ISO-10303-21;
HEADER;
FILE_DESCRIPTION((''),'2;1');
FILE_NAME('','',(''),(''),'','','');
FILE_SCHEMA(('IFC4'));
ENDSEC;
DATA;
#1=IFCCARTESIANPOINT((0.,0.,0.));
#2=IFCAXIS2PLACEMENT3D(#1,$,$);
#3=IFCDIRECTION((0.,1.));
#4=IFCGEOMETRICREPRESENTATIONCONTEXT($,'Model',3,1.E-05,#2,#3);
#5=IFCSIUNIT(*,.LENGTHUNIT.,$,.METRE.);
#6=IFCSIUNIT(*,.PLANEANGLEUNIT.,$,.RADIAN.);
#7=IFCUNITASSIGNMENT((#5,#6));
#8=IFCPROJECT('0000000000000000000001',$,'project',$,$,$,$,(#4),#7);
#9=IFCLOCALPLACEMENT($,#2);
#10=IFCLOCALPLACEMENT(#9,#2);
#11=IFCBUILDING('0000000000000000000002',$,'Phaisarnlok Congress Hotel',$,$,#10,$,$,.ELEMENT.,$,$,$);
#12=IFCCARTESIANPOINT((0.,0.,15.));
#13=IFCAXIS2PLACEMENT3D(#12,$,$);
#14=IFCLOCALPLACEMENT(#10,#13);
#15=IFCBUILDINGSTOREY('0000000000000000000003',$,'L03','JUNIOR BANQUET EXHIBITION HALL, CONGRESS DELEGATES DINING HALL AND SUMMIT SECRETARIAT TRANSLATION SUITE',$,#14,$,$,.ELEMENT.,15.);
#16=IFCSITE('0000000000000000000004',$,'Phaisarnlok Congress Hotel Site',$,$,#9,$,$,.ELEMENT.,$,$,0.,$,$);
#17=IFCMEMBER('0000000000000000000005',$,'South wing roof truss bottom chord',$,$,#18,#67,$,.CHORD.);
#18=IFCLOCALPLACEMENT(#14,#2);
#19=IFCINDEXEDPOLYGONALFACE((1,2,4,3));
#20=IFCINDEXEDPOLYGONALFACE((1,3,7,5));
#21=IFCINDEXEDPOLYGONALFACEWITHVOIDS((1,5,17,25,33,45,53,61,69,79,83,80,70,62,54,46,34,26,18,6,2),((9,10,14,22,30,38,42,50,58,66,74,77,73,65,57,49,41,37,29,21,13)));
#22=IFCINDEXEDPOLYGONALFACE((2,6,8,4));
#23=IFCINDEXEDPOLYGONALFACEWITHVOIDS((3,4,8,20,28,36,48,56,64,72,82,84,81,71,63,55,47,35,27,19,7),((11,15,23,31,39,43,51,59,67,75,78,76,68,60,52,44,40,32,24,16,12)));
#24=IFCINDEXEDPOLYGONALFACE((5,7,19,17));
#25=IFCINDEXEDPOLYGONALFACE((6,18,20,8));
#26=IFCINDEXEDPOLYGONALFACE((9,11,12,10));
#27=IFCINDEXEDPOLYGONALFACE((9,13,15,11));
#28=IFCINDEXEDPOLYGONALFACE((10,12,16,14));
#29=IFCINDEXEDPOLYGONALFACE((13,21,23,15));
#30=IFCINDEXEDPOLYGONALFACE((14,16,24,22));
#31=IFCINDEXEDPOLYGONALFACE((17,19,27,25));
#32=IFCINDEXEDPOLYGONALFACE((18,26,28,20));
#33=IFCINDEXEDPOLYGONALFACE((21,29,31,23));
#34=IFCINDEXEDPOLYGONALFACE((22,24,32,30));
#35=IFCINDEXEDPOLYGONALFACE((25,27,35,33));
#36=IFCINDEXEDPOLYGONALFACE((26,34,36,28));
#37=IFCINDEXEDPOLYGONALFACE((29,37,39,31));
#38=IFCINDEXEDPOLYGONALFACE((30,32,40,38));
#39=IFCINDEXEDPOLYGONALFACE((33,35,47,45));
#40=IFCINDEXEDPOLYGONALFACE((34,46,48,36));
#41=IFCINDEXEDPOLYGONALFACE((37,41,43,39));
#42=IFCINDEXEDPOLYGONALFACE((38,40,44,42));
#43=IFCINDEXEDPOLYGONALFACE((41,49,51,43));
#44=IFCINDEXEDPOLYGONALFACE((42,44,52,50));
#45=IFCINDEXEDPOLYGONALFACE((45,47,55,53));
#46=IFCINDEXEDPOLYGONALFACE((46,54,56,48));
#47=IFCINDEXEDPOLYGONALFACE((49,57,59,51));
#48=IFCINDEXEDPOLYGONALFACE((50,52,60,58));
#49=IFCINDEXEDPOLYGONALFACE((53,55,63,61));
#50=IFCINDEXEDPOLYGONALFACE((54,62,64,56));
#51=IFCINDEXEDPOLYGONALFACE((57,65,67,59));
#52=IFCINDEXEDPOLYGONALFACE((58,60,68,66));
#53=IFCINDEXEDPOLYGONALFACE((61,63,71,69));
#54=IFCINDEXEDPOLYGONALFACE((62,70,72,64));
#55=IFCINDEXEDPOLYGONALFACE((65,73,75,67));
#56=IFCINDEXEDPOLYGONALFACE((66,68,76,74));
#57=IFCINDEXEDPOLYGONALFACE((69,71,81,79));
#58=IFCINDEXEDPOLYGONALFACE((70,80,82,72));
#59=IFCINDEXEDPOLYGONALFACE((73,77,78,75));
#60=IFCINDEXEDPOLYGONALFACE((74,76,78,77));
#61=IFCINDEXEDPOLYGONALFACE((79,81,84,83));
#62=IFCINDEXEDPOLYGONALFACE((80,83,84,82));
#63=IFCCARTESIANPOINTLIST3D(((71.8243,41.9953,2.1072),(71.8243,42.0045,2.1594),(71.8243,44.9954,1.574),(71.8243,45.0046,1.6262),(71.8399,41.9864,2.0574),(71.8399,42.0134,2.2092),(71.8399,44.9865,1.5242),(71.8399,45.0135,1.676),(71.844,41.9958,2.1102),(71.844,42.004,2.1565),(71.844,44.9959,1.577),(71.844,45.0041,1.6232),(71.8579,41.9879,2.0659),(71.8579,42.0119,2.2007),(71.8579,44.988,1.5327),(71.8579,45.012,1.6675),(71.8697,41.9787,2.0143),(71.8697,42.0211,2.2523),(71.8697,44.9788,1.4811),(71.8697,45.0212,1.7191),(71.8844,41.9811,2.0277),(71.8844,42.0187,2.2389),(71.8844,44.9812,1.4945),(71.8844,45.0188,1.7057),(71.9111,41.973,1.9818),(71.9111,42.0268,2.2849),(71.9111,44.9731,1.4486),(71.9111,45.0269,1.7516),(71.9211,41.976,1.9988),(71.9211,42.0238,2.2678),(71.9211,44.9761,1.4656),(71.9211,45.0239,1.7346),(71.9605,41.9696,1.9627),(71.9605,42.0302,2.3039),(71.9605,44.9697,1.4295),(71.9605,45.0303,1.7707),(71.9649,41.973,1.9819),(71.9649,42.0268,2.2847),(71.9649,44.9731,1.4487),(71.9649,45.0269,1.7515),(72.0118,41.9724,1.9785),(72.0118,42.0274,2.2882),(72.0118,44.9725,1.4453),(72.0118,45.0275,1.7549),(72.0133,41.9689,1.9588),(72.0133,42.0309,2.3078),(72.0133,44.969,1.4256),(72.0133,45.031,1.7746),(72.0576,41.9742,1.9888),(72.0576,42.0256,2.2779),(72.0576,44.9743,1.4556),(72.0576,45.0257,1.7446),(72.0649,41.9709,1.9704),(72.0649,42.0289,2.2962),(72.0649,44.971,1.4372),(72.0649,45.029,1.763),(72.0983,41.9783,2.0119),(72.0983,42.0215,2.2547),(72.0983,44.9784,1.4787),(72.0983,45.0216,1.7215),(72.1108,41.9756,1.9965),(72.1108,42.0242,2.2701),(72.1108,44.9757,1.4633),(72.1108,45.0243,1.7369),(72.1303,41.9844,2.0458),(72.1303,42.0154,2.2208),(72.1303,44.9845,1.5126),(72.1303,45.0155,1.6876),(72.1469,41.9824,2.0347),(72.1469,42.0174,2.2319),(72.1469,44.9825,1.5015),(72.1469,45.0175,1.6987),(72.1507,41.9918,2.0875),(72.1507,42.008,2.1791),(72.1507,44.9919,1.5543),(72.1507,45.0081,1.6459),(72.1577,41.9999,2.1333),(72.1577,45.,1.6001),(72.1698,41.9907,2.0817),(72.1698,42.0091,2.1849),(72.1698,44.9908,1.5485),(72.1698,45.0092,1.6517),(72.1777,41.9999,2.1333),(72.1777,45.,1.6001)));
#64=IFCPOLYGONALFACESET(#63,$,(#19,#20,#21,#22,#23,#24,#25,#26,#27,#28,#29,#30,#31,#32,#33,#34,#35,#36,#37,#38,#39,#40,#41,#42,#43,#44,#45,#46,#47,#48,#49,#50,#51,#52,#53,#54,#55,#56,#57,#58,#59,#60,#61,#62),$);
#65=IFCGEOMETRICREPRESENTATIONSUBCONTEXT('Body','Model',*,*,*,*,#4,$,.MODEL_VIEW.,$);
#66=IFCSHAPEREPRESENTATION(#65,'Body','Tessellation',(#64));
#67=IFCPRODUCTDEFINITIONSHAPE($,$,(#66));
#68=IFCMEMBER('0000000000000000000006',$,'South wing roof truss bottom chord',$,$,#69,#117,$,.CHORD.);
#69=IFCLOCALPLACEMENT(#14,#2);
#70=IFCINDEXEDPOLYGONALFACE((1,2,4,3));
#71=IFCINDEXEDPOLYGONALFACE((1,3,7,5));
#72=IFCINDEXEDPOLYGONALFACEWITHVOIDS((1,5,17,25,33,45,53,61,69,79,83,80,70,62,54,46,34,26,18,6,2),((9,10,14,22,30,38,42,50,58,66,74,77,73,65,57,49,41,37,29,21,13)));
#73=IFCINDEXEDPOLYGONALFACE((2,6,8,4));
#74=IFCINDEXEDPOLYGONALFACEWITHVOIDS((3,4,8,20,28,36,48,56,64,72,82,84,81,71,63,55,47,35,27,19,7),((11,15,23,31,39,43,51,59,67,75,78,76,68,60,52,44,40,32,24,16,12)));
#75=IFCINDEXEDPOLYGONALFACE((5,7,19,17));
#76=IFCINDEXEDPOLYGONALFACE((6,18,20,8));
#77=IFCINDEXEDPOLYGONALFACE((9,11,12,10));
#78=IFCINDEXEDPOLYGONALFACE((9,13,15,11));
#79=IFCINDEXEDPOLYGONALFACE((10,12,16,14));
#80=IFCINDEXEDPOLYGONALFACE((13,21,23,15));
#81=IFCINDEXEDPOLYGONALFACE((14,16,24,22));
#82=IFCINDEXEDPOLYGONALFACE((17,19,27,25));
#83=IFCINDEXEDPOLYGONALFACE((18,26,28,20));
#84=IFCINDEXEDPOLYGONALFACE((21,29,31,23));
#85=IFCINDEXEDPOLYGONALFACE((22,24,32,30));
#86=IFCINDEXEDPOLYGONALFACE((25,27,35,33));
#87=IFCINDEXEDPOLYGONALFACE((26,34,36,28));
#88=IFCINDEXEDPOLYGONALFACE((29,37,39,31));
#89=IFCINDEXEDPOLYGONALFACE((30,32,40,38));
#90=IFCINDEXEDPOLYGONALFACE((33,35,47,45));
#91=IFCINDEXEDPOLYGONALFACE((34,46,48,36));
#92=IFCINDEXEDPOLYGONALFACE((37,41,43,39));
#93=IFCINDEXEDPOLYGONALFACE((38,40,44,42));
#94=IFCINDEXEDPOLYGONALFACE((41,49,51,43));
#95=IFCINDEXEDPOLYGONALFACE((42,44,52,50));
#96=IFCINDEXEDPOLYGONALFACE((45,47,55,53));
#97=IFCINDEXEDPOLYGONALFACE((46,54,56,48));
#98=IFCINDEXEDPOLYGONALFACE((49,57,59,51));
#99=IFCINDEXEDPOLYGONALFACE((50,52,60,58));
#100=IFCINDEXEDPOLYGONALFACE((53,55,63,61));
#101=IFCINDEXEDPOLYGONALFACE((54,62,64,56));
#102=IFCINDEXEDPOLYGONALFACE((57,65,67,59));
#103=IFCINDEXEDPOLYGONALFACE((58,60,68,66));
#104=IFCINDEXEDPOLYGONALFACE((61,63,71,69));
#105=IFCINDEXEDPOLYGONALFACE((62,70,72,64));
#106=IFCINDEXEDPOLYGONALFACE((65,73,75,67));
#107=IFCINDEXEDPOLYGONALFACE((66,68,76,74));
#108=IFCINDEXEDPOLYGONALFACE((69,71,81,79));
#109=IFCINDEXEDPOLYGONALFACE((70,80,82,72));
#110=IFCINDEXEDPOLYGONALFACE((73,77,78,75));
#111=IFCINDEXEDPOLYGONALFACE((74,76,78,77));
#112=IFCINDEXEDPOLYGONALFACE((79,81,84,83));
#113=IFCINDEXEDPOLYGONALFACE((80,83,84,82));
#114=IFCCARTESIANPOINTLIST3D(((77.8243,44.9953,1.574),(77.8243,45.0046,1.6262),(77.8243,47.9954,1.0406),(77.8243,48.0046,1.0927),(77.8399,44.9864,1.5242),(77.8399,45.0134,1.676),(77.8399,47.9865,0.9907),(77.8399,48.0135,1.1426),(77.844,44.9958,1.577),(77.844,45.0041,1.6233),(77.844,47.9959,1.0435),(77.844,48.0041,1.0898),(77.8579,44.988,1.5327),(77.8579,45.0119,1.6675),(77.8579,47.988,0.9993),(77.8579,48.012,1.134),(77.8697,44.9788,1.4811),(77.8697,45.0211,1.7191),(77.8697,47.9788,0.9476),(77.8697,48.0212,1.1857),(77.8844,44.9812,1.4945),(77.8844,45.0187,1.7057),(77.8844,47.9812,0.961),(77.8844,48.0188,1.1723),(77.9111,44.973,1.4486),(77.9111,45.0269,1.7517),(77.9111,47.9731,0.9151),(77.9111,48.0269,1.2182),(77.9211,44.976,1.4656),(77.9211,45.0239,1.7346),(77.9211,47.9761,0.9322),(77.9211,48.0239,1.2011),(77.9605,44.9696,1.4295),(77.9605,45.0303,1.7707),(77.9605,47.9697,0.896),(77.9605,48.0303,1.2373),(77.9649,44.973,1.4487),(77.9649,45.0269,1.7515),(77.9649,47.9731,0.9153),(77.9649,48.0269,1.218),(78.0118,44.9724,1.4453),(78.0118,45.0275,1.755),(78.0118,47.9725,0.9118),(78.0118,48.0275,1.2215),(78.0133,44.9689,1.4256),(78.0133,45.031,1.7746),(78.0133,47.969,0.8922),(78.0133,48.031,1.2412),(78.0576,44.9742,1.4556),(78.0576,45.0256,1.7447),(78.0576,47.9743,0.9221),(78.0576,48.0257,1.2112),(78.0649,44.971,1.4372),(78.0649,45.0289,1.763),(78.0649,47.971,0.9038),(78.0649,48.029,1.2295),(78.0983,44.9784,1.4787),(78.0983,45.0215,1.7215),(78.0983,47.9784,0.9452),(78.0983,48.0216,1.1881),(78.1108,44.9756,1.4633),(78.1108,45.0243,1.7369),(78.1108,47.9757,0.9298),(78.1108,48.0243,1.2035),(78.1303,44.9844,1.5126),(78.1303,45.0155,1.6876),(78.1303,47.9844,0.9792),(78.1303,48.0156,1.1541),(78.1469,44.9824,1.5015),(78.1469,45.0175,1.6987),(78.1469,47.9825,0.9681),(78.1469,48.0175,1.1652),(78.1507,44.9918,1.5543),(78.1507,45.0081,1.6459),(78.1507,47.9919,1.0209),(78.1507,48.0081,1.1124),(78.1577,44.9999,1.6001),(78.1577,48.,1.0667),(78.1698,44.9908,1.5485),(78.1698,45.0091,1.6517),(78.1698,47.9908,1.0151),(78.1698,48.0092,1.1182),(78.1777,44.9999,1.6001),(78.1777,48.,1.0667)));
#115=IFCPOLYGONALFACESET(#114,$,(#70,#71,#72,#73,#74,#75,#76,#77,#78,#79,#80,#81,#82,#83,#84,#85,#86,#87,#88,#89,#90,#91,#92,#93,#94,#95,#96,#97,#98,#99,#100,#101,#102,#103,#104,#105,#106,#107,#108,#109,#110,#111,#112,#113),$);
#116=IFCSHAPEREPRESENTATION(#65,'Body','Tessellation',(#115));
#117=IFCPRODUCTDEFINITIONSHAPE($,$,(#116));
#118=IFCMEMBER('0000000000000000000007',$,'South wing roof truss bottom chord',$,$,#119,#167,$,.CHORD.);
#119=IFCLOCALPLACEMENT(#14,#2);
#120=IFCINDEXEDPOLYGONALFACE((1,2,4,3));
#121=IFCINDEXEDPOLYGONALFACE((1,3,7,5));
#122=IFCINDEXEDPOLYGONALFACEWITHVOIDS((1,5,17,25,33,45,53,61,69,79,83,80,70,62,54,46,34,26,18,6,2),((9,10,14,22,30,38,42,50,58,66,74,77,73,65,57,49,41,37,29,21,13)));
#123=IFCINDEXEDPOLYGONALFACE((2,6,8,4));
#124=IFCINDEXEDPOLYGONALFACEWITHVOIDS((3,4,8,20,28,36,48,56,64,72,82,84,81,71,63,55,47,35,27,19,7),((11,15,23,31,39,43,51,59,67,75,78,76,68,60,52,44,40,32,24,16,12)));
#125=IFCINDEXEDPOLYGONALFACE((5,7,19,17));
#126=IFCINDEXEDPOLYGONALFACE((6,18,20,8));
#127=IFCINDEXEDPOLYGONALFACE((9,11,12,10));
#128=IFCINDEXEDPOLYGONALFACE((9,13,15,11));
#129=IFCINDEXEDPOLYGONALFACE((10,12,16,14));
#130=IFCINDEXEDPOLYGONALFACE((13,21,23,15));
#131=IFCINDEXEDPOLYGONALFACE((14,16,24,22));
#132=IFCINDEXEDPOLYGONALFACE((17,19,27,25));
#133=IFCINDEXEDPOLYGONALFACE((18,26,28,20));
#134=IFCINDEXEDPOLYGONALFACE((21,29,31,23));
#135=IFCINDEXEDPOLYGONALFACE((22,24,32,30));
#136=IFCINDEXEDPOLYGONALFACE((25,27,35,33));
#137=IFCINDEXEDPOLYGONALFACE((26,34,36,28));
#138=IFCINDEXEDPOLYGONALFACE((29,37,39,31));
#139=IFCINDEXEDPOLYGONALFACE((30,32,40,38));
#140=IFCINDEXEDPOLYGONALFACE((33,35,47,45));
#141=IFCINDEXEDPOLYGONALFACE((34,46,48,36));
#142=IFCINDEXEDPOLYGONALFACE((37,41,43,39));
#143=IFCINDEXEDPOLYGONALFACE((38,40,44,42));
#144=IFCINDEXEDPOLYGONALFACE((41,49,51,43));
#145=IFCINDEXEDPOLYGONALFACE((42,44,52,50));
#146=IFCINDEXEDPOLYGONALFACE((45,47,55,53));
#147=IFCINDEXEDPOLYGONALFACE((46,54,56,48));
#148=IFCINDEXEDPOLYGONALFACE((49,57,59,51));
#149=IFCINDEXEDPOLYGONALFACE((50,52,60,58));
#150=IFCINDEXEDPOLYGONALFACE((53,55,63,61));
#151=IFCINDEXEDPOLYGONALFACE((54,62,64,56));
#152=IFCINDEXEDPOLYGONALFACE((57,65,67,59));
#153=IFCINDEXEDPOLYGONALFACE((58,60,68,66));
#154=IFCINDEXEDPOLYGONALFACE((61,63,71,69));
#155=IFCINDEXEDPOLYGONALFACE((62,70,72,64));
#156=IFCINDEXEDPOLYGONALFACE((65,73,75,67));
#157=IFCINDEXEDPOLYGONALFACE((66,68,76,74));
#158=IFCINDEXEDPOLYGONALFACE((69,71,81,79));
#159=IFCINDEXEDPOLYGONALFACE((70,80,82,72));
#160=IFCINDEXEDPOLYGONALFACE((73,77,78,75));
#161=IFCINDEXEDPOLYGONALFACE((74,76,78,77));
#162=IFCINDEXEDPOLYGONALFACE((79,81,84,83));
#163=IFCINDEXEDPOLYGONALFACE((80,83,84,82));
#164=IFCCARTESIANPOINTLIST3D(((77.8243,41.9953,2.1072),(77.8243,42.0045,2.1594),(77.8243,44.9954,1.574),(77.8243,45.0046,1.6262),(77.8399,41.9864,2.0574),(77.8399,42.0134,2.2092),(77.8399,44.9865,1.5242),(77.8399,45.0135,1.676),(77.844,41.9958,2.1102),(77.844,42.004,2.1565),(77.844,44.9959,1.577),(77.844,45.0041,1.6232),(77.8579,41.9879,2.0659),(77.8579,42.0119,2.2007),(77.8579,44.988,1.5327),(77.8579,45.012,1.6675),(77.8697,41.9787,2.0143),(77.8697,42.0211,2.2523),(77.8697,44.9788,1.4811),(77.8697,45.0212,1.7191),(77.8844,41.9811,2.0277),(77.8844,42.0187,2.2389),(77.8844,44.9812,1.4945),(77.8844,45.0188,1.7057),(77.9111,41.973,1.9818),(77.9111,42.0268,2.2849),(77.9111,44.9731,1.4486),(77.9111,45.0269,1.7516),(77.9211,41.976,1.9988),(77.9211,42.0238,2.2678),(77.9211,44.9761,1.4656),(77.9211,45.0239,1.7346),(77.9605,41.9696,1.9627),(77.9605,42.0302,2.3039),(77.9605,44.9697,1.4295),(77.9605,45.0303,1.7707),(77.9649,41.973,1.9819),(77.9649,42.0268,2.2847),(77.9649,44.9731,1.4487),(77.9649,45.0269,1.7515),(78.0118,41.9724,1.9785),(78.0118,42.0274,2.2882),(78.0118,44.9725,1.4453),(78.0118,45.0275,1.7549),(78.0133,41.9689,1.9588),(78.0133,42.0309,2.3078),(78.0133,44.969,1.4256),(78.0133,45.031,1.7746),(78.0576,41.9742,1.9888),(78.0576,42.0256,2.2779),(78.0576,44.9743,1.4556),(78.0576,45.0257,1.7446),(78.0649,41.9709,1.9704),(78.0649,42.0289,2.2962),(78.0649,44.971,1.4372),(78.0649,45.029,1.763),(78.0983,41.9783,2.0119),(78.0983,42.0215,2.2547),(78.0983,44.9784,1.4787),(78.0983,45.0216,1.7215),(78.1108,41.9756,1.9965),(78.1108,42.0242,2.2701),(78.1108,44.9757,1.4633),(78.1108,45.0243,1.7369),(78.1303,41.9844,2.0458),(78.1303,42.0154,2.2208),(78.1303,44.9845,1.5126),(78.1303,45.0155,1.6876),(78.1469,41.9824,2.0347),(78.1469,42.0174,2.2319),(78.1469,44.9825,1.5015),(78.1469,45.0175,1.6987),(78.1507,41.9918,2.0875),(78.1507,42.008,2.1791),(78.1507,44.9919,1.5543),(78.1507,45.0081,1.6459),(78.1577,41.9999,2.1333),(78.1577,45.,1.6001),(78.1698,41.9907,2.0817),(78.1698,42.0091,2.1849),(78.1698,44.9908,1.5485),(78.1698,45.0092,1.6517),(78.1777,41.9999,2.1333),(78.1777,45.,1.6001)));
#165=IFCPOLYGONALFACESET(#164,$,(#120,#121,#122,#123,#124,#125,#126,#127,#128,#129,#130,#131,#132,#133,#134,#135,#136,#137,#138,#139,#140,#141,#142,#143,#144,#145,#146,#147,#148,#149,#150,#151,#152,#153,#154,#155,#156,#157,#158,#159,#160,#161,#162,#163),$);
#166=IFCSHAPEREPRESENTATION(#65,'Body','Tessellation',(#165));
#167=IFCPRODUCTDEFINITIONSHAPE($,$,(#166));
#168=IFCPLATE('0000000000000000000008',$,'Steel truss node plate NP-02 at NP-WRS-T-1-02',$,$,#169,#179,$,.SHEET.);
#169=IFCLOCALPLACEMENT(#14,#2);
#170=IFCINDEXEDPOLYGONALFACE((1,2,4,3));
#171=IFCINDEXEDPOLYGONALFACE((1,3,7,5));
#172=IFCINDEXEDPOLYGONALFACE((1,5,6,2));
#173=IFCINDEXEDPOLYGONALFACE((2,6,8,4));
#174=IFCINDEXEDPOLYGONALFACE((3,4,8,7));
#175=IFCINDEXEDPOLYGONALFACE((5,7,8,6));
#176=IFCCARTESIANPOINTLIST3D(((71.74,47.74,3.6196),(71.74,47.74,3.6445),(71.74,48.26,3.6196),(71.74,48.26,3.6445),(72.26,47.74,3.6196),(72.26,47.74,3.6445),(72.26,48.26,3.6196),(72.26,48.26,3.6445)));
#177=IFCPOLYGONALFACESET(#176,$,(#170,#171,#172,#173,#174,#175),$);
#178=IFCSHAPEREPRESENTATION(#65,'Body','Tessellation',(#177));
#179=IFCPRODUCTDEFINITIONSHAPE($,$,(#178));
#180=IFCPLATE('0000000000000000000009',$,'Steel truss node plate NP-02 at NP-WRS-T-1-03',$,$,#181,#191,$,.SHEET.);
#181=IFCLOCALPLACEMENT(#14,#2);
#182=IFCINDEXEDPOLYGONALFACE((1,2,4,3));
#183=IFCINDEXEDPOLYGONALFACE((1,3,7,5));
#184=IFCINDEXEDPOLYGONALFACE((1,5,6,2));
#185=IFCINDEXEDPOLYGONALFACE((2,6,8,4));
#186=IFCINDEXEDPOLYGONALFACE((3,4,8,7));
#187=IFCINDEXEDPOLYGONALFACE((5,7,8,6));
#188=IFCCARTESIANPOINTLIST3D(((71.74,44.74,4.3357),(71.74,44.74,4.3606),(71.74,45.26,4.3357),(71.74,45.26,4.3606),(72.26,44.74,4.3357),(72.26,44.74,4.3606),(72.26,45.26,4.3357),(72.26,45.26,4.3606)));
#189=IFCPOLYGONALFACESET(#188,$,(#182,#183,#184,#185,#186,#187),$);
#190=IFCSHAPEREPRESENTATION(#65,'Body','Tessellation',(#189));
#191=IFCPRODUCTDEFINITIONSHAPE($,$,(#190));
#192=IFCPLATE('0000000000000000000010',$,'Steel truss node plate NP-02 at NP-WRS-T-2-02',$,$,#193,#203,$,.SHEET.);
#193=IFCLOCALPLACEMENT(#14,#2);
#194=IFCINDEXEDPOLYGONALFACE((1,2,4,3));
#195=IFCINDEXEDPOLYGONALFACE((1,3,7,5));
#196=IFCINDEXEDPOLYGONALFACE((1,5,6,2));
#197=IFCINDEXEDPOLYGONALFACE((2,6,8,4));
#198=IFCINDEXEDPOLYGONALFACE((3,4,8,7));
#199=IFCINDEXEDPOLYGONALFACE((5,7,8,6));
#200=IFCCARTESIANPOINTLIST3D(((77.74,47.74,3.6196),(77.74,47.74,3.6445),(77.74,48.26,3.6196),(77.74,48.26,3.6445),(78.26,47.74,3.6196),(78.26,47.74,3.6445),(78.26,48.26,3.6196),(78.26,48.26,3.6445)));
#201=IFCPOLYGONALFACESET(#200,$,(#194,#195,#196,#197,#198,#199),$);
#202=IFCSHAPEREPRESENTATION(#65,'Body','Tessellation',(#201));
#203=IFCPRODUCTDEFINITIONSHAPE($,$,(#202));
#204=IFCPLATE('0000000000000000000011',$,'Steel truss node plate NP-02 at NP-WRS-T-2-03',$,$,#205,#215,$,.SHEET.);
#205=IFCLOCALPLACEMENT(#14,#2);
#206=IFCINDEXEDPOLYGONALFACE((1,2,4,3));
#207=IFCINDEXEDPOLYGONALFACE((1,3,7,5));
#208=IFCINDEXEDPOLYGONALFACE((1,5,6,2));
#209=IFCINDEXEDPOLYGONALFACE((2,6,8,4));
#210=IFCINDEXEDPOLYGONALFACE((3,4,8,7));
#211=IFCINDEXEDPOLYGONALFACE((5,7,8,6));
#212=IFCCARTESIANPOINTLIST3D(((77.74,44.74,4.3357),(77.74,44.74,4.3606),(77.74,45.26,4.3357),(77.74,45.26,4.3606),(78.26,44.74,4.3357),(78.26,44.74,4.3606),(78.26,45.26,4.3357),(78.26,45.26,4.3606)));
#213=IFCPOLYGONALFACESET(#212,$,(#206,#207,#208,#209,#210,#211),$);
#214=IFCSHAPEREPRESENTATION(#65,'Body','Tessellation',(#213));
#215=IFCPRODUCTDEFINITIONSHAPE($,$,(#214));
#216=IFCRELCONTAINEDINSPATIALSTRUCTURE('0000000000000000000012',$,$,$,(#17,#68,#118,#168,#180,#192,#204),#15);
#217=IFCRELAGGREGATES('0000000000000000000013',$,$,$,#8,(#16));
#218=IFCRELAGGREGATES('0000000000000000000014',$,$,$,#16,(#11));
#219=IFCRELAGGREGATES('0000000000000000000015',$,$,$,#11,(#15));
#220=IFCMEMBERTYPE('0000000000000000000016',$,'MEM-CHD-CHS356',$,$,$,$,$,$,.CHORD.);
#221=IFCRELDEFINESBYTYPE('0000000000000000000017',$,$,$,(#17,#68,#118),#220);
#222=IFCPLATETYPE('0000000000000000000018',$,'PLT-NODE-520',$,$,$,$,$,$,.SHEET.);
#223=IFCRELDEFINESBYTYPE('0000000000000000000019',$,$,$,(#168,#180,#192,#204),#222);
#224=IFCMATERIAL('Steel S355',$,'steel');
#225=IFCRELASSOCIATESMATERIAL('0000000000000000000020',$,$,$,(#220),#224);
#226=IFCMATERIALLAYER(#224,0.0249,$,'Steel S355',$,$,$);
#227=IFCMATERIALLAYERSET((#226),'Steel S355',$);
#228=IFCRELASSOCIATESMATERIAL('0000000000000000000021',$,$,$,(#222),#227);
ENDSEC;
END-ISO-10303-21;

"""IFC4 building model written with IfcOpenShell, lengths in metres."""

from ifc_helpers import new_model, si_unit, direction, frame, origin, origin_2d, place, context, subcontext, project, spatial, rectangle, hollow_circle, extrude, material, layer, layer_set, material_profile, profile_set, type_object, element, save


model = new_model("IFC4")

# Units and contexts
model_context = context("Model", 3, precision=1e-05, world=origin(), true_north=direction((0.0, 1.0)))
body_context = subcontext(model_context, "Body", "Model", "MODEL_VIEW")
ifc_project = project(units=[si_unit("LENGTHUNIT", "METRE"), si_unit("PLANEANGLEUNIT", "RADIAN")], contexts=[model_context])

# Site, building, storey
site_placement = place(None, origin())
site = spatial("IfcSite", under=ifc_project, at=site_placement, Name="Phaisarnlok Congress Hotel Site", CompositionType="ELEMENT", RefElevation=0.0)
building_placement = place(site_placement, origin())
building = spatial("IfcBuilding", under=site, at=building_placement, Name="Phaisarnlok Congress Hotel", CompositionType="ELEMENT")
storey_placement = place(building_placement, frame((0.0, 0.0, 15.0)))
storey = spatial("IfcBuildingStorey", under=building, at=storey_placement, Name="L03", Description="JUNIOR BANQUET EXHIBITION HALL, CONGRESS DELEGATES DINING HALL AND SUMMIT SECRETARIAT TRANSLATION SUITE", CompositionType="ELEMENT", Elevation=15.0)

# Shared definitions
ifc_material = material(Name="Steel S355", Category="steel")

# Members
ifc_material_profile_1 = material_profile(ifc_material, hollow_circle(Radius=0.1777, WallThickness=0.02, at=origin_2d()), Name="CHS 355.6x20")
ifc_profile_set_1 = profile_set([ifc_material_profile_1], Name="Steel S355")
member_type_1 = type_object("IfcMemberType", Name="MEM-CHD-CHS356", PredefinedType="CHORD", material=ifc_profile_set_1)
for number, where, z_axis, x_axis, name in (
    (1, (72.0, 45.0, 1.6001), (0.0, -0.98457, 0.174992), (1.0, 0.0, 0.0), "South wing roof truss bottom chord"),
    (2, (78.0, 48.0, 1.0667), (0.0, -0.984556, 0.17507), (1.0, 0.0, 0.0), "South wing roof truss bottom chord"),
    (3, (78.0, 45.0, 1.6001), (0.0, -0.98457, 0.174992), (1.0, 0.0, 0.0), "South wing roof truss bottom chord"),
):
    element("IfcMember", number, at=place(storey_placement, frame(where, z_axis=z_axis, x_axis=x_axis)), inside=storey, type_object=member_type_1, Name=name, PredefinedType="CHORD", context=body_context, shape_type="SweptSolid", body=[
        extrude(hollow_circle(Radius=0.1777, WallThickness=0.02, at=origin_2d()), origin(), (0.0, 0.0, 1.0), 3.0471),
    ])

# Plates
ifc_layer_1 = layer(ifc_material, 0.0249, Name="Steel S355")
ifc_layer_set_1 = layer_set([ifc_layer_1], Name="Steel S355")
plate_type_1 = type_object("IfcPlateType", Name="PLT-NODE-520", PredefinedType="SHEET", material=ifc_layer_set_1)
for number, where, z_axis, x_axis, name in (
    (4, (72.0, 48.0, 3.6196), (0.0, 0.0, 1.0), (1.0, 0.0, 0.0), "Steel truss node plate NP-02 at NP-WRS-T-1-02"),
    (5, (72.0, 45.0, 4.3357), (0.0, 0.0, 1.0), (1.0, 0.0, 0.0), "Steel truss node plate NP-02 at NP-WRS-T-1-03"),
    (6, (78.0, 48.0, 3.6196), (0.0, 0.0, 1.0), (1.0, 0.0, 0.0), "Steel truss node plate NP-02 at NP-WRS-T-2-02"),
    (7, (78.0, 45.0, 4.3357), (0.0, 0.0, 1.0), (1.0, 0.0, 0.0), "Steel truss node plate NP-02 at NP-WRS-T-2-03"),
):
    element("IfcPlate", number, at=place(storey_placement, frame(where, z_axis=z_axis, x_axis=x_axis)), inside=storey, type_object=plate_type_1, Name=name, PredefinedType="SHEET", context=body_context, shape_type="SweptSolid", body=[
        extrude(rectangle(XDim=0.52, YDim=0.52, at=origin_2d()), origin(), (0.0, 0.0, 1.0), 0.0249),
    ])

save(model, "model.ifc")
